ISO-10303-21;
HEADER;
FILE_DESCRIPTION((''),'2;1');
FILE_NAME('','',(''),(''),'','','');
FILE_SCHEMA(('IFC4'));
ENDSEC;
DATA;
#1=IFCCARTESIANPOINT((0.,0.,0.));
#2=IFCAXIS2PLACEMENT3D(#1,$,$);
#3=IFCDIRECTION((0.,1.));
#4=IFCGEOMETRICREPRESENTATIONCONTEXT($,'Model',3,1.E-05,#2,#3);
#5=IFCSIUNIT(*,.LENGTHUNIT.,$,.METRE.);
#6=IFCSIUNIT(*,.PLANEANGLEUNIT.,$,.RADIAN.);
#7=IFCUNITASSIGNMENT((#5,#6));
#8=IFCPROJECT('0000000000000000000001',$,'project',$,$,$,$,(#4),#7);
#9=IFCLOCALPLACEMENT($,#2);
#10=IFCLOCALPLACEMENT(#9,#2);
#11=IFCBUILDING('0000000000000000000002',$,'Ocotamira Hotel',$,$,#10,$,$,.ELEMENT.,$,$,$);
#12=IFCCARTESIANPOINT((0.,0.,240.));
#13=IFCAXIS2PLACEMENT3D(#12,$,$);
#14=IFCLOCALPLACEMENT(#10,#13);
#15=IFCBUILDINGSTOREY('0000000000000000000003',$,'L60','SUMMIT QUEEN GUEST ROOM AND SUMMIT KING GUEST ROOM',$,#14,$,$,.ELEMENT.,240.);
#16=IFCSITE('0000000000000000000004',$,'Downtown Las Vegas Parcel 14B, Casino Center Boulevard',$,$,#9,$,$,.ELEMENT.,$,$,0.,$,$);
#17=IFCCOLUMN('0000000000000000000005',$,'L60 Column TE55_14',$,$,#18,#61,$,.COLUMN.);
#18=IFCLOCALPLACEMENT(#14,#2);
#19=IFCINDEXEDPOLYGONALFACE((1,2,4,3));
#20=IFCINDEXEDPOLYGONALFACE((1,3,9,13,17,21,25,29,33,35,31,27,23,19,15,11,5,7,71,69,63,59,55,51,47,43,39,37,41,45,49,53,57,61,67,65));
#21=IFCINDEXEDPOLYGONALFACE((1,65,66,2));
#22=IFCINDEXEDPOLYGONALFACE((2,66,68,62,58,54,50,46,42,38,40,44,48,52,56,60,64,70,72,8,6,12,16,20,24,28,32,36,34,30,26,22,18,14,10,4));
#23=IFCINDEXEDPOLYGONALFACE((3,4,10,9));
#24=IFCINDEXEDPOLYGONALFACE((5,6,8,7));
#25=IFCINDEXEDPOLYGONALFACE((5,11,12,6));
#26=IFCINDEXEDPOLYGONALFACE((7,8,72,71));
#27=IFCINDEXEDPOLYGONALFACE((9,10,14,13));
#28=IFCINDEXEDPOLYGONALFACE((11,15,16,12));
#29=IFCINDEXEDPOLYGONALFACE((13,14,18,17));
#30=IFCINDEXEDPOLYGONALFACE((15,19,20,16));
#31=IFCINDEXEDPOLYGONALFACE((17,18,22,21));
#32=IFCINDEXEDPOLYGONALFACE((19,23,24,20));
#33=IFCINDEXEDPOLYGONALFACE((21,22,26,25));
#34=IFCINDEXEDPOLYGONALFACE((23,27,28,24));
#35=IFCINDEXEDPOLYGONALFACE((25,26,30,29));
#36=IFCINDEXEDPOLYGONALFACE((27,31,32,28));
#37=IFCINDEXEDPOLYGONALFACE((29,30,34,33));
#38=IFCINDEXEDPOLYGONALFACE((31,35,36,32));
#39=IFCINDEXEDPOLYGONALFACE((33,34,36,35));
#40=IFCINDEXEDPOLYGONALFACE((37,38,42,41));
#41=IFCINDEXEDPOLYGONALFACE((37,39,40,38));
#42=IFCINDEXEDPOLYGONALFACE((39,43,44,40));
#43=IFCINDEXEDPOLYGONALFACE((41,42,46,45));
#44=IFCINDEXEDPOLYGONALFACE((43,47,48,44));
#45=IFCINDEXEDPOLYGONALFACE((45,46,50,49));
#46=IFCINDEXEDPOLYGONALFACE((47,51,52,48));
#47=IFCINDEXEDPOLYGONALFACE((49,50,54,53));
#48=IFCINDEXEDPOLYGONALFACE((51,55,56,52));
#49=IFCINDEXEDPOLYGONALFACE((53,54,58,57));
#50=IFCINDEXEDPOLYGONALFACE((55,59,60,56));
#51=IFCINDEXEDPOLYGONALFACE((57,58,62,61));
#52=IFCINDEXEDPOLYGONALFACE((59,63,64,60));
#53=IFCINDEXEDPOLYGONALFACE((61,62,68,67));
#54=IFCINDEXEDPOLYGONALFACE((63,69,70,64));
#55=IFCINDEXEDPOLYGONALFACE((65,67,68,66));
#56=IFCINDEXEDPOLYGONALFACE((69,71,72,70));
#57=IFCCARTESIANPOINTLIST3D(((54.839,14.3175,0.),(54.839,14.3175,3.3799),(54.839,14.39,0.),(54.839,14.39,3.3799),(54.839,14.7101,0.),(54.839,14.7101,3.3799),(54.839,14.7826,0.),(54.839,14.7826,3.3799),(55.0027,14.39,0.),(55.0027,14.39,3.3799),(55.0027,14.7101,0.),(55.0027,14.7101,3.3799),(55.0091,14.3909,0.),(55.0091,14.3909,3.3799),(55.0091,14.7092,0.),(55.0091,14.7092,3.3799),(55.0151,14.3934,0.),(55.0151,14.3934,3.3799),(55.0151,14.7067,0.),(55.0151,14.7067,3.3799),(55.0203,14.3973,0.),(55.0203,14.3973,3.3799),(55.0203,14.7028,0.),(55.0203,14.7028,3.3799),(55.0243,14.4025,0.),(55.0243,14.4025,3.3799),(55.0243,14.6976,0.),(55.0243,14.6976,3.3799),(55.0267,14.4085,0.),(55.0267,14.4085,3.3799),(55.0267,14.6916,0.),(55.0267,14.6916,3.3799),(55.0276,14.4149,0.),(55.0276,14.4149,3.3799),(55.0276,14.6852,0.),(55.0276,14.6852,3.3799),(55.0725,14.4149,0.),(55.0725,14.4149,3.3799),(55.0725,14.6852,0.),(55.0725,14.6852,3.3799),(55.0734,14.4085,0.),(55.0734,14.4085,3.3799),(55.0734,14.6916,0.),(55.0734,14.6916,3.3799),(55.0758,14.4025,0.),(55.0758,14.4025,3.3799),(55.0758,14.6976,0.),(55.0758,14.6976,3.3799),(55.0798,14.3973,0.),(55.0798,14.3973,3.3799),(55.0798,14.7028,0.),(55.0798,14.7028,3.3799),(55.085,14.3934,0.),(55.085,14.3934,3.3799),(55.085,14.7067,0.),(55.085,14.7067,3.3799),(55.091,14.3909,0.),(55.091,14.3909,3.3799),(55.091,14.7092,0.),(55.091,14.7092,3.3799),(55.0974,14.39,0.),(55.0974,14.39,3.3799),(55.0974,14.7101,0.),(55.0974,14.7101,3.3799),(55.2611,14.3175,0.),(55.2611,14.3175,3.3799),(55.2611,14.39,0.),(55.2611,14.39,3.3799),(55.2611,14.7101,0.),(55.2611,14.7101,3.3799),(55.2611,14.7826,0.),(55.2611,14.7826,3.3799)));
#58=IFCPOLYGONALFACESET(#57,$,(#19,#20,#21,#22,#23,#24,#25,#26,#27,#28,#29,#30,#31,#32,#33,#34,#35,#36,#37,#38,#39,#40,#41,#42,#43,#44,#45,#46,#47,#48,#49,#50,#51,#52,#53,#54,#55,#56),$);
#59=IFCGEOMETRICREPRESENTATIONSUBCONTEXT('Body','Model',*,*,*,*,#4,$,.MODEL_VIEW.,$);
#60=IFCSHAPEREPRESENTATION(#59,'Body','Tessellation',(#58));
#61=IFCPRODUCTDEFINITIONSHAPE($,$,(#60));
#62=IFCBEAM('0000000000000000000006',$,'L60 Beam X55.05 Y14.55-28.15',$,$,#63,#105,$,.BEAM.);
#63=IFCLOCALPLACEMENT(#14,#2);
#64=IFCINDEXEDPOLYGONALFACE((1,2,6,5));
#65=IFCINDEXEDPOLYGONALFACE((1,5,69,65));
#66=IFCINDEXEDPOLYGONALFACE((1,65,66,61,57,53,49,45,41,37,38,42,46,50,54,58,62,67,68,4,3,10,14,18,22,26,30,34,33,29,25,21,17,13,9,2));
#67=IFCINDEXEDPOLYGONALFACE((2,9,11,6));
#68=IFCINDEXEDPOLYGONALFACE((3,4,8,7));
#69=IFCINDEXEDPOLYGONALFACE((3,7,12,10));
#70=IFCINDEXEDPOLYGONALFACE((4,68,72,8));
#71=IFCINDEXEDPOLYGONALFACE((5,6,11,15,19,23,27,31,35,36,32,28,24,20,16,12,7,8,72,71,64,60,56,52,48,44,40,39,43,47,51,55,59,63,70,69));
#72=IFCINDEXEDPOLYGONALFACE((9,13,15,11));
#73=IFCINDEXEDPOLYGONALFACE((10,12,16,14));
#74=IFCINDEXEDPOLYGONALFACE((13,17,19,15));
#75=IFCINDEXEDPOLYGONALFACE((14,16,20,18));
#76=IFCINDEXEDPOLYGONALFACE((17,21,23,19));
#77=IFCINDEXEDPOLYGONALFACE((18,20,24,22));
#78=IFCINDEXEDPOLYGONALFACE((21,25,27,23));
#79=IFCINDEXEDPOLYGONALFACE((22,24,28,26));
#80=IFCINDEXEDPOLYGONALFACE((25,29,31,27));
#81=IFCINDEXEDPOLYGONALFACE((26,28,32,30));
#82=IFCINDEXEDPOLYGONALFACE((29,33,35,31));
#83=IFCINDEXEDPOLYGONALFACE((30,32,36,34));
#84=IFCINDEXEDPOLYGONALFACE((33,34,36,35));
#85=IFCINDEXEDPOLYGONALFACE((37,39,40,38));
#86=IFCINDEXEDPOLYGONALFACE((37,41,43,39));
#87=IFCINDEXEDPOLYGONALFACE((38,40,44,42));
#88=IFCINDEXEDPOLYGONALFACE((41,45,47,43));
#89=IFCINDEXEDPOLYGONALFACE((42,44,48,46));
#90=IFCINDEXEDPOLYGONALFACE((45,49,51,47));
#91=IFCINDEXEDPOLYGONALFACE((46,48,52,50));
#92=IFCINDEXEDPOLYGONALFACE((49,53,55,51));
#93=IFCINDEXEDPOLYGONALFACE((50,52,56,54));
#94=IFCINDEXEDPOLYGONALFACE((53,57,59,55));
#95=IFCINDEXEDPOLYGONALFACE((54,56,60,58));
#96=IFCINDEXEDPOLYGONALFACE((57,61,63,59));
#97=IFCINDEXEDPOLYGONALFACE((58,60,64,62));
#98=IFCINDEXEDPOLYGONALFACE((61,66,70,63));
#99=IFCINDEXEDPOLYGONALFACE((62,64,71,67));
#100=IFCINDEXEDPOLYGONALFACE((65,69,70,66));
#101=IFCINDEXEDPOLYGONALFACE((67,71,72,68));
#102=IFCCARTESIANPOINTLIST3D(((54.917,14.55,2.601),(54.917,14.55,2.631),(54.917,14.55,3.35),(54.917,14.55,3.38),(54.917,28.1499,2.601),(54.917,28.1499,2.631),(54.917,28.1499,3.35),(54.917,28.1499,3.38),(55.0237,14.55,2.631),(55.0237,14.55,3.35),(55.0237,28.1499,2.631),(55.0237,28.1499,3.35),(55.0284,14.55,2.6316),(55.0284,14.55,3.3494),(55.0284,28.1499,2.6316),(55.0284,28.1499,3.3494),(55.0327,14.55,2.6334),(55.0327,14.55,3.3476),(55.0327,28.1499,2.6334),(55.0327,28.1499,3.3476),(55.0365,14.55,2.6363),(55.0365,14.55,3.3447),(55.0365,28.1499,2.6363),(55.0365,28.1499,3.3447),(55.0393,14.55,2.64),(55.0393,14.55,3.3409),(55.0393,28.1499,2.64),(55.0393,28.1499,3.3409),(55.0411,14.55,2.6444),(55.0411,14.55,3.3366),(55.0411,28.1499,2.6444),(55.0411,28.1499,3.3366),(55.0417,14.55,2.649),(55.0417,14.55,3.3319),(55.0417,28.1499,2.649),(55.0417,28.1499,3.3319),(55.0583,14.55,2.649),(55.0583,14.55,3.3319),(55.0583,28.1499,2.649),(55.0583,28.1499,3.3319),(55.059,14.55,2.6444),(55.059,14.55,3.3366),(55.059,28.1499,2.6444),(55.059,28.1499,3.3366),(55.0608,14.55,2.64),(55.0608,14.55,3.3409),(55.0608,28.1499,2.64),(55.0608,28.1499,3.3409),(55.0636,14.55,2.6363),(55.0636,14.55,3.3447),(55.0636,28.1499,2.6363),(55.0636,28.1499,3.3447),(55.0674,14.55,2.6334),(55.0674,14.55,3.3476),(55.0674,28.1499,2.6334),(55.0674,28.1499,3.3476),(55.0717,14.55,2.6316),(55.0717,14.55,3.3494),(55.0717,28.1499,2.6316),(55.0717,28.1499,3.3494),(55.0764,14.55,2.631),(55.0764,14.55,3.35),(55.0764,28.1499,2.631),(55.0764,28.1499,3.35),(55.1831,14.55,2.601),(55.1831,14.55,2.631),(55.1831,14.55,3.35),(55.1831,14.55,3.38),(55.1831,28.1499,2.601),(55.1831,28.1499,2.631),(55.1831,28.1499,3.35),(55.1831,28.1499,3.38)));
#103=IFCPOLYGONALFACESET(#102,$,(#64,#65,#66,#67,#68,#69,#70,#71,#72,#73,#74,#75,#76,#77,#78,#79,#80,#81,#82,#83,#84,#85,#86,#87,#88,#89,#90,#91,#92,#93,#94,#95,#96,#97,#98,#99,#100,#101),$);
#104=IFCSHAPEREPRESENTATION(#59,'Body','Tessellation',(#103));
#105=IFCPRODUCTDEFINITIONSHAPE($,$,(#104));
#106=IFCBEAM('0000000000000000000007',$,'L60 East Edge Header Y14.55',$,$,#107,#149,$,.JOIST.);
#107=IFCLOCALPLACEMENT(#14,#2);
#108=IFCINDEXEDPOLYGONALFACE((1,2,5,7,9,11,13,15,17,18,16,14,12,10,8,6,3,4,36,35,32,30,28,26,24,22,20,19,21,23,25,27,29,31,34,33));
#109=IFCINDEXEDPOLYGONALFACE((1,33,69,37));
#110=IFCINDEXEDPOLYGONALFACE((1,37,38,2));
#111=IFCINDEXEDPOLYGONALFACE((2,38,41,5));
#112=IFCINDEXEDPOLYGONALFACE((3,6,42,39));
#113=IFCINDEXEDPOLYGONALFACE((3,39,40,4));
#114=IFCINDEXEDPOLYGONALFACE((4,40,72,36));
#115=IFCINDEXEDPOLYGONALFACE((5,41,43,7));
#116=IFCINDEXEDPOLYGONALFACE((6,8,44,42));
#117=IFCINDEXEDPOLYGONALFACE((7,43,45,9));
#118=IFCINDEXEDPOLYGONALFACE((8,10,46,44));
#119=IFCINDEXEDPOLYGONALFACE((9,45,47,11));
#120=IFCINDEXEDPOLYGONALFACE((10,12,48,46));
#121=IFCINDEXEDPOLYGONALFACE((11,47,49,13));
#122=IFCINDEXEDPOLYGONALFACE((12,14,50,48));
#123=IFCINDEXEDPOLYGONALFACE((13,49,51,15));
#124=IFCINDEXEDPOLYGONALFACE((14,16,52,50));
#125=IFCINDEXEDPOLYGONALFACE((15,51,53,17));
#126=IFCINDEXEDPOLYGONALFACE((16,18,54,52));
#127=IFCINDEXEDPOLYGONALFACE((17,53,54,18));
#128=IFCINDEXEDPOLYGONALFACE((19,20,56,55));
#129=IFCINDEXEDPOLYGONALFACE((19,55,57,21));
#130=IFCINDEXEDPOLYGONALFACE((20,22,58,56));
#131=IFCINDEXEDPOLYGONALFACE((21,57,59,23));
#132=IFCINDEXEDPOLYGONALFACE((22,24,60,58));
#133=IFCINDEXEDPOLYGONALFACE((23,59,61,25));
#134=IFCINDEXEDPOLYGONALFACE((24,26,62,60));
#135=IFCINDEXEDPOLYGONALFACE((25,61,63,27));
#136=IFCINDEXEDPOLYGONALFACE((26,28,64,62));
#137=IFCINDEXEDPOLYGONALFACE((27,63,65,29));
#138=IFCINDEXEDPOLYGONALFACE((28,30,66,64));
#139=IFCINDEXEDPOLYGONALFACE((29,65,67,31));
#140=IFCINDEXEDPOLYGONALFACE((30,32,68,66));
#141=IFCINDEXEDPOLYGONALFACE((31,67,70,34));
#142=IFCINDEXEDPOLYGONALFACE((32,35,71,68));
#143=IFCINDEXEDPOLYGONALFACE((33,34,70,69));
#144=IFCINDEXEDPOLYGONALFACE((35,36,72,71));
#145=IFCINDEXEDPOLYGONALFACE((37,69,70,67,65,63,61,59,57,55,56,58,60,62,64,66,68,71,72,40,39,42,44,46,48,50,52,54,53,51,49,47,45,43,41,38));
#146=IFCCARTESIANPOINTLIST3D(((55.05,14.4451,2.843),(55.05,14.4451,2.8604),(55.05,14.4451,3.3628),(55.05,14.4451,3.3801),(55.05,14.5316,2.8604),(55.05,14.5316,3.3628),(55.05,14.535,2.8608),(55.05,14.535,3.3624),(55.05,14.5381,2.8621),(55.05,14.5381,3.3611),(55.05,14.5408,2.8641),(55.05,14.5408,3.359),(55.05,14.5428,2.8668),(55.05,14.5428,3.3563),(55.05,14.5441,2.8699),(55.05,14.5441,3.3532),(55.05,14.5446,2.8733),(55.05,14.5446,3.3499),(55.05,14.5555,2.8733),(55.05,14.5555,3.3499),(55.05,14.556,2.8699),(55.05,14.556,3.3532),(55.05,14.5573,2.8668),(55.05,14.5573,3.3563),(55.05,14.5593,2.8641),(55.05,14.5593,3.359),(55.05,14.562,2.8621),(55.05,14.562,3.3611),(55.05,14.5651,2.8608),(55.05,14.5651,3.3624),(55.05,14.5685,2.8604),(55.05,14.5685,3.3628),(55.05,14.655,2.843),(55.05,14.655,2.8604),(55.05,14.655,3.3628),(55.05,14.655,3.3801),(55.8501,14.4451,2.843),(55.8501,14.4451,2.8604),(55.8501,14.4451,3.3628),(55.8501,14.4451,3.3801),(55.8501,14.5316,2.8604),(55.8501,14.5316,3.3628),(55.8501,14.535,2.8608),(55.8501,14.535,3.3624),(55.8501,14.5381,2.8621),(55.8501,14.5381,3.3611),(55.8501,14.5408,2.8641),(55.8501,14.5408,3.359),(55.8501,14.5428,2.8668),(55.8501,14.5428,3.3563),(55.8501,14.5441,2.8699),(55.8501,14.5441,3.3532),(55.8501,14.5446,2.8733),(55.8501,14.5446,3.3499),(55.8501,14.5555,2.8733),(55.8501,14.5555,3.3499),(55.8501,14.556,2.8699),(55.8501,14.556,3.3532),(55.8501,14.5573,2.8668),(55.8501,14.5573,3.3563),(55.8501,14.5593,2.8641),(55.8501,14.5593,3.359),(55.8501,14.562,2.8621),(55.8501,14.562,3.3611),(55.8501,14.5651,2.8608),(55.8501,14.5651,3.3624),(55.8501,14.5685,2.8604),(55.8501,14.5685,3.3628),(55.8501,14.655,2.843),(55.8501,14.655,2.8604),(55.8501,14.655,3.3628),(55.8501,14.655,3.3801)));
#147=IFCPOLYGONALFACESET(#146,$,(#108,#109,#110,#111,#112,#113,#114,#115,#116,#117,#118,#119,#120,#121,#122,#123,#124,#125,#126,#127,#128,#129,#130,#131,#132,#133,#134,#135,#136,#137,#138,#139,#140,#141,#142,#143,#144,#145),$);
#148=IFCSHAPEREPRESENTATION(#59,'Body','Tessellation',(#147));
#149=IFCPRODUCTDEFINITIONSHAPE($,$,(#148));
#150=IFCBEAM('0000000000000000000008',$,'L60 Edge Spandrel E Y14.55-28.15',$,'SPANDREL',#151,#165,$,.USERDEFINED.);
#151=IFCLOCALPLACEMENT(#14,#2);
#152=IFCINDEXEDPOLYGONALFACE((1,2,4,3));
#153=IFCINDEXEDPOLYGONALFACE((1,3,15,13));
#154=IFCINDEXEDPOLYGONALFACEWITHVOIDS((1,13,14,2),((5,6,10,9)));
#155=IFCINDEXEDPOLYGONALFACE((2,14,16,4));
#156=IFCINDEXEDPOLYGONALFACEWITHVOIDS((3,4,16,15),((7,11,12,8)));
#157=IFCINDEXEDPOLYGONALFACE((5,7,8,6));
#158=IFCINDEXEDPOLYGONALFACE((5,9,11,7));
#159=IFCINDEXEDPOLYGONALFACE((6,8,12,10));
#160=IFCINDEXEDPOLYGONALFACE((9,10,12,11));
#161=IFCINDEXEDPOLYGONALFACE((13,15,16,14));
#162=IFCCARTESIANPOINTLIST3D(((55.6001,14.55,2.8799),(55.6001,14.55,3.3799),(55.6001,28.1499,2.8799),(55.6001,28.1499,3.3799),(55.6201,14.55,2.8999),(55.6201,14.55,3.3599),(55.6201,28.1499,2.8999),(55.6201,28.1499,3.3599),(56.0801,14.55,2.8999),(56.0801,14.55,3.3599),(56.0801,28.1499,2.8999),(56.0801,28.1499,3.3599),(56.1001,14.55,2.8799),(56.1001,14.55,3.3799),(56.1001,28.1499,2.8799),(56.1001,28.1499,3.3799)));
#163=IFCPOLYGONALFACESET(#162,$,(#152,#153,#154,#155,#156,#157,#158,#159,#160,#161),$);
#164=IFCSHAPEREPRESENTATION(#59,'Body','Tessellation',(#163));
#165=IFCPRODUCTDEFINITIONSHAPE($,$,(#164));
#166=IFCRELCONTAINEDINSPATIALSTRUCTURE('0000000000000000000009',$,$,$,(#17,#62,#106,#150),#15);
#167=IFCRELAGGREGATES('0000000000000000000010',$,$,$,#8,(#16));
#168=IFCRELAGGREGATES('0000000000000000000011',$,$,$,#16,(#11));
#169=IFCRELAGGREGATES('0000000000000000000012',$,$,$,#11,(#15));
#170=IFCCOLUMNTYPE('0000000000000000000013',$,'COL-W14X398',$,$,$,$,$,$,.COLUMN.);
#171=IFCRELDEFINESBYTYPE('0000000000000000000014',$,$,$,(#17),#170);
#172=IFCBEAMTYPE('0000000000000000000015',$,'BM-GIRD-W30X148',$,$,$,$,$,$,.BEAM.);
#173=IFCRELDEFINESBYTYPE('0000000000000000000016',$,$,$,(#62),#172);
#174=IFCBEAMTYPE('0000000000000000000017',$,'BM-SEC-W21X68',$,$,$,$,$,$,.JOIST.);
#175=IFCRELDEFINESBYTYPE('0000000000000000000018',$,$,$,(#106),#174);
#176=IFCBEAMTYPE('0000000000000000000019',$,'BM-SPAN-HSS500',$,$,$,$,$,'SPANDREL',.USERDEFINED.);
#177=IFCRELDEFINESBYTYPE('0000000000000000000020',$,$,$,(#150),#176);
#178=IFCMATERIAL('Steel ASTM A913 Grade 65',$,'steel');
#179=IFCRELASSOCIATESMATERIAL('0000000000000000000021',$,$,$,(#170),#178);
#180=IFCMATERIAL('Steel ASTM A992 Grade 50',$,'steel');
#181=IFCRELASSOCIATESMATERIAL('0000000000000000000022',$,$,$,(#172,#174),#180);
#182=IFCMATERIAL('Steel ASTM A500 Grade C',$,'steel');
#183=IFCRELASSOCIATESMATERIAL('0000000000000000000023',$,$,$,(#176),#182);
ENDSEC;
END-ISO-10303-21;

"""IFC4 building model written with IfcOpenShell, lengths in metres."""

from ifc_helpers import new_model, si_unit, direction, frame, origin, origin_2d, place, context, subcontext, project, spatial, hollow_rectangle, i_section, extrude, source, transform, mapped, material, material_profile, profile_set, type_object, element, save


model = new_model("IFC4")

# Units and contexts
model_context = context("Model", 3, precision=1e-05, world=origin(), true_north=direction((0.0, 1.0)))
body_context = subcontext(model_context, "Body", "Model", "MODEL_VIEW")
ifc_project = project(units=[si_unit("LENGTHUNIT", "METRE"), si_unit("PLANEANGLEUNIT", "RADIAN")], contexts=[model_context])

# Site, building, storey
site_placement = place(None, origin())
site = spatial("IfcSite", under=ifc_project, at=site_placement, Name="Downtown Las Vegas Parcel 14B, Casino Center Boulevard", CompositionType="ELEMENT", RefElevation=0.0)
building_placement = place(site_placement, origin())
building = spatial("IfcBuilding", under=site, at=building_placement, Name="Ocotamira Hotel", CompositionType="ELEMENT")
storey_placement = place(building_placement, frame((0.0, 0.0, 240.0)))
storey = spatial("IfcBuildingStorey", under=building, at=storey_placement, Name="L60", Description="SUMMIT QUEEN GUEST ROOM AND SUMMIT KING GUEST ROOM", CompositionType="ELEMENT", Elevation=240.0)

# Column
ifc_material_1 = material(Name="Steel ASTM A913 Grade 65", Category="steel")
ifc_material_profile_1 = material_profile(ifc_material_1, i_section(OverallWidth=0.4221, OverallDepth=0.4651, WebThickness=0.0449, FlangeThickness=0.0725, FilletRadius=0.0249, at=origin_2d()), Name="W14X398")
ifc_profile_set_1 = profile_set([ifc_material_profile_1], Name="Steel ASTM A913 Grade 65")
column_type = type_object("IfcColumnType", Name="COL-W14X398", PredefinedType="COLUMN", material=ifc_profile_set_1)
shared_shape_1 = source(origin(), body_context, "Body", "SweptSolid", [
    extrude(i_section(OverallWidth=0.4221, OverallDepth=0.4651, WebThickness=0.0449, FlangeThickness=0.0725, FilletRadius=0.0249, at=origin_2d()), origin(), (0.0, 0.0, 1.0), 3.3799),
])
column_placement = place(storey_placement, frame((55.05, 14.55, 0.0), z_axis=(0.0, 0.0, 1.0), x_axis=(1.0, 0.0, 0.0)))
element("IfcColumn", 1, at=column_placement, inside=storey, type_object=column_type, Name="L60 Column TE55_14", PredefinedType="COLUMN", context=body_context, shape_type="MappedRepresentation", body=[
    mapped(shared_shape_1, transform((0.0, 0.0, 0.0), scale=1.0)),
])

# Beams
ifc_material_2 = material(Name="Steel ASTM A992 Grade 50", Category="steel")
ifc_material_profile_2 = material_profile(ifc_material_2, i_section(OverallWidth=0.2661, OverallDepth=0.7791, WebThickness=0.0166, FlangeThickness=0.03, FilletRadius=0.0181, at=origin_2d()), Name="W30X148")
ifc_profile_set_2 = profile_set([ifc_material_profile_2], Name="Steel ASTM A992 Grade 50")
beam_type_1 = type_object("IfcBeamType", Name="BM-GIRD-W30X148", PredefinedType="BEAM", material=ifc_profile_set_2)
shared_shape_2 = source(origin(), body_context, "Body", "SweptSolid", [
    extrude(i_section(OverallWidth=0.2661, OverallDepth=0.7791, WebThickness=0.0166, FlangeThickness=0.03, FilletRadius=0.0181, at=origin_2d()), origin(), (0.0, 0.0, 1.0), 13.5999),
])
beam_1_placement = place(storey_placement, frame((55.05, 14.55, 2.9905), z_axis=(0.0, 1.0, 0.0), x_axis=(-1.0, 0.0, 0.0)))
element("IfcBeam", 2, at=beam_1_placement, inside=storey, type_object=beam_type_1, Name="L60 Beam X55.05 Y14.55-28.15", PredefinedType="BEAM", context=body_context, shape_type="MappedRepresentation", body=[
    mapped(shared_shape_2, transform((0.0, 0.0, 0.0), scale=1.0)),
])
ifc_material_profile_3 = material_profile(ifc_material_2, i_section(OverallWidth=0.21, OverallDepth=0.5371, WebThickness=0.011, FlangeThickness=0.0173, FilletRadius=0.0129, at=origin_2d()), Name="W21X68")
ifc_profile_set_3 = profile_set([ifc_material_profile_3], Name="Steel ASTM A992 Grade 50")
beam_type_2 = type_object("IfcBeamType", Name="BM-SEC-W21X68", PredefinedType="JOIST", material=ifc_profile_set_3)
shared_shape_3 = source(origin(), body_context, "Body", "SweptSolid", [
    extrude(i_section(OverallWidth=0.21, OverallDepth=0.5371, WebThickness=0.011, FlangeThickness=0.0173, FilletRadius=0.0129, at=origin_2d()), origin(), (0.0, 0.0, 1.0), 0.8),
])
beam_2_placement = place(storey_placement, frame((55.05, 14.55, 3.1116), z_axis=(1.0, 0.0, 0.0), x_axis=(0.0, 1.0, 0.0)))
element("IfcBeam", 3, at=beam_2_placement, inside=storey, type_object=beam_type_2, Name="L60 East Edge Header Y14.55", PredefinedType="JOIST", context=body_context, shape_type="MappedRepresentation", body=[
    mapped(shared_shape_3, transform((0.0, 0.0, 0.0), scale=1.0)),
])
ifc_material_3 = material(Name="Steel ASTM A500 Grade C", Category="steel")
ifc_material_profile_4 = material_profile(ifc_material_3, hollow_rectangle(XDim=0.5, YDim=0.5, WallThickness=0.02, at=origin_2d()), Name="HSS500X500X20")
ifc_profile_set_4 = profile_set([ifc_material_profile_4], Name="Steel ASTM A500 Grade C")
beam_type_3 = type_object("IfcBeamType", Name="BM-SPAN-HSS500", ElementType="SPANDREL", PredefinedType="USERDEFINED", material=ifc_profile_set_4)
shared_shape_4 = source(origin(), body_context, "Body", "SweptSolid", [
    extrude(hollow_rectangle(XDim=0.5, YDim=0.5, WallThickness=0.02, at=origin_2d()), origin(), (0.0, 0.0, 1.0), 13.5999),
])
beam_3_placement = place(storey_placement, frame((55.8501, 14.55, 3.1299), z_axis=(0.0, 1.0, 0.0), x_axis=(-1.0, 0.0, 0.0)))
element("IfcBeam", 4, at=beam_3_placement, inside=storey, type_object=beam_type_3, Name="L60 Edge Spandrel E Y14.55-28.15", ObjectType="SPANDREL", PredefinedType="USERDEFINED", context=body_context, shape_type="MappedRepresentation", body=[
    mapped(shared_shape_4, transform((0.0, 0.0, 0.0), scale=1.0)),
])

save(model, "model.ifc")
